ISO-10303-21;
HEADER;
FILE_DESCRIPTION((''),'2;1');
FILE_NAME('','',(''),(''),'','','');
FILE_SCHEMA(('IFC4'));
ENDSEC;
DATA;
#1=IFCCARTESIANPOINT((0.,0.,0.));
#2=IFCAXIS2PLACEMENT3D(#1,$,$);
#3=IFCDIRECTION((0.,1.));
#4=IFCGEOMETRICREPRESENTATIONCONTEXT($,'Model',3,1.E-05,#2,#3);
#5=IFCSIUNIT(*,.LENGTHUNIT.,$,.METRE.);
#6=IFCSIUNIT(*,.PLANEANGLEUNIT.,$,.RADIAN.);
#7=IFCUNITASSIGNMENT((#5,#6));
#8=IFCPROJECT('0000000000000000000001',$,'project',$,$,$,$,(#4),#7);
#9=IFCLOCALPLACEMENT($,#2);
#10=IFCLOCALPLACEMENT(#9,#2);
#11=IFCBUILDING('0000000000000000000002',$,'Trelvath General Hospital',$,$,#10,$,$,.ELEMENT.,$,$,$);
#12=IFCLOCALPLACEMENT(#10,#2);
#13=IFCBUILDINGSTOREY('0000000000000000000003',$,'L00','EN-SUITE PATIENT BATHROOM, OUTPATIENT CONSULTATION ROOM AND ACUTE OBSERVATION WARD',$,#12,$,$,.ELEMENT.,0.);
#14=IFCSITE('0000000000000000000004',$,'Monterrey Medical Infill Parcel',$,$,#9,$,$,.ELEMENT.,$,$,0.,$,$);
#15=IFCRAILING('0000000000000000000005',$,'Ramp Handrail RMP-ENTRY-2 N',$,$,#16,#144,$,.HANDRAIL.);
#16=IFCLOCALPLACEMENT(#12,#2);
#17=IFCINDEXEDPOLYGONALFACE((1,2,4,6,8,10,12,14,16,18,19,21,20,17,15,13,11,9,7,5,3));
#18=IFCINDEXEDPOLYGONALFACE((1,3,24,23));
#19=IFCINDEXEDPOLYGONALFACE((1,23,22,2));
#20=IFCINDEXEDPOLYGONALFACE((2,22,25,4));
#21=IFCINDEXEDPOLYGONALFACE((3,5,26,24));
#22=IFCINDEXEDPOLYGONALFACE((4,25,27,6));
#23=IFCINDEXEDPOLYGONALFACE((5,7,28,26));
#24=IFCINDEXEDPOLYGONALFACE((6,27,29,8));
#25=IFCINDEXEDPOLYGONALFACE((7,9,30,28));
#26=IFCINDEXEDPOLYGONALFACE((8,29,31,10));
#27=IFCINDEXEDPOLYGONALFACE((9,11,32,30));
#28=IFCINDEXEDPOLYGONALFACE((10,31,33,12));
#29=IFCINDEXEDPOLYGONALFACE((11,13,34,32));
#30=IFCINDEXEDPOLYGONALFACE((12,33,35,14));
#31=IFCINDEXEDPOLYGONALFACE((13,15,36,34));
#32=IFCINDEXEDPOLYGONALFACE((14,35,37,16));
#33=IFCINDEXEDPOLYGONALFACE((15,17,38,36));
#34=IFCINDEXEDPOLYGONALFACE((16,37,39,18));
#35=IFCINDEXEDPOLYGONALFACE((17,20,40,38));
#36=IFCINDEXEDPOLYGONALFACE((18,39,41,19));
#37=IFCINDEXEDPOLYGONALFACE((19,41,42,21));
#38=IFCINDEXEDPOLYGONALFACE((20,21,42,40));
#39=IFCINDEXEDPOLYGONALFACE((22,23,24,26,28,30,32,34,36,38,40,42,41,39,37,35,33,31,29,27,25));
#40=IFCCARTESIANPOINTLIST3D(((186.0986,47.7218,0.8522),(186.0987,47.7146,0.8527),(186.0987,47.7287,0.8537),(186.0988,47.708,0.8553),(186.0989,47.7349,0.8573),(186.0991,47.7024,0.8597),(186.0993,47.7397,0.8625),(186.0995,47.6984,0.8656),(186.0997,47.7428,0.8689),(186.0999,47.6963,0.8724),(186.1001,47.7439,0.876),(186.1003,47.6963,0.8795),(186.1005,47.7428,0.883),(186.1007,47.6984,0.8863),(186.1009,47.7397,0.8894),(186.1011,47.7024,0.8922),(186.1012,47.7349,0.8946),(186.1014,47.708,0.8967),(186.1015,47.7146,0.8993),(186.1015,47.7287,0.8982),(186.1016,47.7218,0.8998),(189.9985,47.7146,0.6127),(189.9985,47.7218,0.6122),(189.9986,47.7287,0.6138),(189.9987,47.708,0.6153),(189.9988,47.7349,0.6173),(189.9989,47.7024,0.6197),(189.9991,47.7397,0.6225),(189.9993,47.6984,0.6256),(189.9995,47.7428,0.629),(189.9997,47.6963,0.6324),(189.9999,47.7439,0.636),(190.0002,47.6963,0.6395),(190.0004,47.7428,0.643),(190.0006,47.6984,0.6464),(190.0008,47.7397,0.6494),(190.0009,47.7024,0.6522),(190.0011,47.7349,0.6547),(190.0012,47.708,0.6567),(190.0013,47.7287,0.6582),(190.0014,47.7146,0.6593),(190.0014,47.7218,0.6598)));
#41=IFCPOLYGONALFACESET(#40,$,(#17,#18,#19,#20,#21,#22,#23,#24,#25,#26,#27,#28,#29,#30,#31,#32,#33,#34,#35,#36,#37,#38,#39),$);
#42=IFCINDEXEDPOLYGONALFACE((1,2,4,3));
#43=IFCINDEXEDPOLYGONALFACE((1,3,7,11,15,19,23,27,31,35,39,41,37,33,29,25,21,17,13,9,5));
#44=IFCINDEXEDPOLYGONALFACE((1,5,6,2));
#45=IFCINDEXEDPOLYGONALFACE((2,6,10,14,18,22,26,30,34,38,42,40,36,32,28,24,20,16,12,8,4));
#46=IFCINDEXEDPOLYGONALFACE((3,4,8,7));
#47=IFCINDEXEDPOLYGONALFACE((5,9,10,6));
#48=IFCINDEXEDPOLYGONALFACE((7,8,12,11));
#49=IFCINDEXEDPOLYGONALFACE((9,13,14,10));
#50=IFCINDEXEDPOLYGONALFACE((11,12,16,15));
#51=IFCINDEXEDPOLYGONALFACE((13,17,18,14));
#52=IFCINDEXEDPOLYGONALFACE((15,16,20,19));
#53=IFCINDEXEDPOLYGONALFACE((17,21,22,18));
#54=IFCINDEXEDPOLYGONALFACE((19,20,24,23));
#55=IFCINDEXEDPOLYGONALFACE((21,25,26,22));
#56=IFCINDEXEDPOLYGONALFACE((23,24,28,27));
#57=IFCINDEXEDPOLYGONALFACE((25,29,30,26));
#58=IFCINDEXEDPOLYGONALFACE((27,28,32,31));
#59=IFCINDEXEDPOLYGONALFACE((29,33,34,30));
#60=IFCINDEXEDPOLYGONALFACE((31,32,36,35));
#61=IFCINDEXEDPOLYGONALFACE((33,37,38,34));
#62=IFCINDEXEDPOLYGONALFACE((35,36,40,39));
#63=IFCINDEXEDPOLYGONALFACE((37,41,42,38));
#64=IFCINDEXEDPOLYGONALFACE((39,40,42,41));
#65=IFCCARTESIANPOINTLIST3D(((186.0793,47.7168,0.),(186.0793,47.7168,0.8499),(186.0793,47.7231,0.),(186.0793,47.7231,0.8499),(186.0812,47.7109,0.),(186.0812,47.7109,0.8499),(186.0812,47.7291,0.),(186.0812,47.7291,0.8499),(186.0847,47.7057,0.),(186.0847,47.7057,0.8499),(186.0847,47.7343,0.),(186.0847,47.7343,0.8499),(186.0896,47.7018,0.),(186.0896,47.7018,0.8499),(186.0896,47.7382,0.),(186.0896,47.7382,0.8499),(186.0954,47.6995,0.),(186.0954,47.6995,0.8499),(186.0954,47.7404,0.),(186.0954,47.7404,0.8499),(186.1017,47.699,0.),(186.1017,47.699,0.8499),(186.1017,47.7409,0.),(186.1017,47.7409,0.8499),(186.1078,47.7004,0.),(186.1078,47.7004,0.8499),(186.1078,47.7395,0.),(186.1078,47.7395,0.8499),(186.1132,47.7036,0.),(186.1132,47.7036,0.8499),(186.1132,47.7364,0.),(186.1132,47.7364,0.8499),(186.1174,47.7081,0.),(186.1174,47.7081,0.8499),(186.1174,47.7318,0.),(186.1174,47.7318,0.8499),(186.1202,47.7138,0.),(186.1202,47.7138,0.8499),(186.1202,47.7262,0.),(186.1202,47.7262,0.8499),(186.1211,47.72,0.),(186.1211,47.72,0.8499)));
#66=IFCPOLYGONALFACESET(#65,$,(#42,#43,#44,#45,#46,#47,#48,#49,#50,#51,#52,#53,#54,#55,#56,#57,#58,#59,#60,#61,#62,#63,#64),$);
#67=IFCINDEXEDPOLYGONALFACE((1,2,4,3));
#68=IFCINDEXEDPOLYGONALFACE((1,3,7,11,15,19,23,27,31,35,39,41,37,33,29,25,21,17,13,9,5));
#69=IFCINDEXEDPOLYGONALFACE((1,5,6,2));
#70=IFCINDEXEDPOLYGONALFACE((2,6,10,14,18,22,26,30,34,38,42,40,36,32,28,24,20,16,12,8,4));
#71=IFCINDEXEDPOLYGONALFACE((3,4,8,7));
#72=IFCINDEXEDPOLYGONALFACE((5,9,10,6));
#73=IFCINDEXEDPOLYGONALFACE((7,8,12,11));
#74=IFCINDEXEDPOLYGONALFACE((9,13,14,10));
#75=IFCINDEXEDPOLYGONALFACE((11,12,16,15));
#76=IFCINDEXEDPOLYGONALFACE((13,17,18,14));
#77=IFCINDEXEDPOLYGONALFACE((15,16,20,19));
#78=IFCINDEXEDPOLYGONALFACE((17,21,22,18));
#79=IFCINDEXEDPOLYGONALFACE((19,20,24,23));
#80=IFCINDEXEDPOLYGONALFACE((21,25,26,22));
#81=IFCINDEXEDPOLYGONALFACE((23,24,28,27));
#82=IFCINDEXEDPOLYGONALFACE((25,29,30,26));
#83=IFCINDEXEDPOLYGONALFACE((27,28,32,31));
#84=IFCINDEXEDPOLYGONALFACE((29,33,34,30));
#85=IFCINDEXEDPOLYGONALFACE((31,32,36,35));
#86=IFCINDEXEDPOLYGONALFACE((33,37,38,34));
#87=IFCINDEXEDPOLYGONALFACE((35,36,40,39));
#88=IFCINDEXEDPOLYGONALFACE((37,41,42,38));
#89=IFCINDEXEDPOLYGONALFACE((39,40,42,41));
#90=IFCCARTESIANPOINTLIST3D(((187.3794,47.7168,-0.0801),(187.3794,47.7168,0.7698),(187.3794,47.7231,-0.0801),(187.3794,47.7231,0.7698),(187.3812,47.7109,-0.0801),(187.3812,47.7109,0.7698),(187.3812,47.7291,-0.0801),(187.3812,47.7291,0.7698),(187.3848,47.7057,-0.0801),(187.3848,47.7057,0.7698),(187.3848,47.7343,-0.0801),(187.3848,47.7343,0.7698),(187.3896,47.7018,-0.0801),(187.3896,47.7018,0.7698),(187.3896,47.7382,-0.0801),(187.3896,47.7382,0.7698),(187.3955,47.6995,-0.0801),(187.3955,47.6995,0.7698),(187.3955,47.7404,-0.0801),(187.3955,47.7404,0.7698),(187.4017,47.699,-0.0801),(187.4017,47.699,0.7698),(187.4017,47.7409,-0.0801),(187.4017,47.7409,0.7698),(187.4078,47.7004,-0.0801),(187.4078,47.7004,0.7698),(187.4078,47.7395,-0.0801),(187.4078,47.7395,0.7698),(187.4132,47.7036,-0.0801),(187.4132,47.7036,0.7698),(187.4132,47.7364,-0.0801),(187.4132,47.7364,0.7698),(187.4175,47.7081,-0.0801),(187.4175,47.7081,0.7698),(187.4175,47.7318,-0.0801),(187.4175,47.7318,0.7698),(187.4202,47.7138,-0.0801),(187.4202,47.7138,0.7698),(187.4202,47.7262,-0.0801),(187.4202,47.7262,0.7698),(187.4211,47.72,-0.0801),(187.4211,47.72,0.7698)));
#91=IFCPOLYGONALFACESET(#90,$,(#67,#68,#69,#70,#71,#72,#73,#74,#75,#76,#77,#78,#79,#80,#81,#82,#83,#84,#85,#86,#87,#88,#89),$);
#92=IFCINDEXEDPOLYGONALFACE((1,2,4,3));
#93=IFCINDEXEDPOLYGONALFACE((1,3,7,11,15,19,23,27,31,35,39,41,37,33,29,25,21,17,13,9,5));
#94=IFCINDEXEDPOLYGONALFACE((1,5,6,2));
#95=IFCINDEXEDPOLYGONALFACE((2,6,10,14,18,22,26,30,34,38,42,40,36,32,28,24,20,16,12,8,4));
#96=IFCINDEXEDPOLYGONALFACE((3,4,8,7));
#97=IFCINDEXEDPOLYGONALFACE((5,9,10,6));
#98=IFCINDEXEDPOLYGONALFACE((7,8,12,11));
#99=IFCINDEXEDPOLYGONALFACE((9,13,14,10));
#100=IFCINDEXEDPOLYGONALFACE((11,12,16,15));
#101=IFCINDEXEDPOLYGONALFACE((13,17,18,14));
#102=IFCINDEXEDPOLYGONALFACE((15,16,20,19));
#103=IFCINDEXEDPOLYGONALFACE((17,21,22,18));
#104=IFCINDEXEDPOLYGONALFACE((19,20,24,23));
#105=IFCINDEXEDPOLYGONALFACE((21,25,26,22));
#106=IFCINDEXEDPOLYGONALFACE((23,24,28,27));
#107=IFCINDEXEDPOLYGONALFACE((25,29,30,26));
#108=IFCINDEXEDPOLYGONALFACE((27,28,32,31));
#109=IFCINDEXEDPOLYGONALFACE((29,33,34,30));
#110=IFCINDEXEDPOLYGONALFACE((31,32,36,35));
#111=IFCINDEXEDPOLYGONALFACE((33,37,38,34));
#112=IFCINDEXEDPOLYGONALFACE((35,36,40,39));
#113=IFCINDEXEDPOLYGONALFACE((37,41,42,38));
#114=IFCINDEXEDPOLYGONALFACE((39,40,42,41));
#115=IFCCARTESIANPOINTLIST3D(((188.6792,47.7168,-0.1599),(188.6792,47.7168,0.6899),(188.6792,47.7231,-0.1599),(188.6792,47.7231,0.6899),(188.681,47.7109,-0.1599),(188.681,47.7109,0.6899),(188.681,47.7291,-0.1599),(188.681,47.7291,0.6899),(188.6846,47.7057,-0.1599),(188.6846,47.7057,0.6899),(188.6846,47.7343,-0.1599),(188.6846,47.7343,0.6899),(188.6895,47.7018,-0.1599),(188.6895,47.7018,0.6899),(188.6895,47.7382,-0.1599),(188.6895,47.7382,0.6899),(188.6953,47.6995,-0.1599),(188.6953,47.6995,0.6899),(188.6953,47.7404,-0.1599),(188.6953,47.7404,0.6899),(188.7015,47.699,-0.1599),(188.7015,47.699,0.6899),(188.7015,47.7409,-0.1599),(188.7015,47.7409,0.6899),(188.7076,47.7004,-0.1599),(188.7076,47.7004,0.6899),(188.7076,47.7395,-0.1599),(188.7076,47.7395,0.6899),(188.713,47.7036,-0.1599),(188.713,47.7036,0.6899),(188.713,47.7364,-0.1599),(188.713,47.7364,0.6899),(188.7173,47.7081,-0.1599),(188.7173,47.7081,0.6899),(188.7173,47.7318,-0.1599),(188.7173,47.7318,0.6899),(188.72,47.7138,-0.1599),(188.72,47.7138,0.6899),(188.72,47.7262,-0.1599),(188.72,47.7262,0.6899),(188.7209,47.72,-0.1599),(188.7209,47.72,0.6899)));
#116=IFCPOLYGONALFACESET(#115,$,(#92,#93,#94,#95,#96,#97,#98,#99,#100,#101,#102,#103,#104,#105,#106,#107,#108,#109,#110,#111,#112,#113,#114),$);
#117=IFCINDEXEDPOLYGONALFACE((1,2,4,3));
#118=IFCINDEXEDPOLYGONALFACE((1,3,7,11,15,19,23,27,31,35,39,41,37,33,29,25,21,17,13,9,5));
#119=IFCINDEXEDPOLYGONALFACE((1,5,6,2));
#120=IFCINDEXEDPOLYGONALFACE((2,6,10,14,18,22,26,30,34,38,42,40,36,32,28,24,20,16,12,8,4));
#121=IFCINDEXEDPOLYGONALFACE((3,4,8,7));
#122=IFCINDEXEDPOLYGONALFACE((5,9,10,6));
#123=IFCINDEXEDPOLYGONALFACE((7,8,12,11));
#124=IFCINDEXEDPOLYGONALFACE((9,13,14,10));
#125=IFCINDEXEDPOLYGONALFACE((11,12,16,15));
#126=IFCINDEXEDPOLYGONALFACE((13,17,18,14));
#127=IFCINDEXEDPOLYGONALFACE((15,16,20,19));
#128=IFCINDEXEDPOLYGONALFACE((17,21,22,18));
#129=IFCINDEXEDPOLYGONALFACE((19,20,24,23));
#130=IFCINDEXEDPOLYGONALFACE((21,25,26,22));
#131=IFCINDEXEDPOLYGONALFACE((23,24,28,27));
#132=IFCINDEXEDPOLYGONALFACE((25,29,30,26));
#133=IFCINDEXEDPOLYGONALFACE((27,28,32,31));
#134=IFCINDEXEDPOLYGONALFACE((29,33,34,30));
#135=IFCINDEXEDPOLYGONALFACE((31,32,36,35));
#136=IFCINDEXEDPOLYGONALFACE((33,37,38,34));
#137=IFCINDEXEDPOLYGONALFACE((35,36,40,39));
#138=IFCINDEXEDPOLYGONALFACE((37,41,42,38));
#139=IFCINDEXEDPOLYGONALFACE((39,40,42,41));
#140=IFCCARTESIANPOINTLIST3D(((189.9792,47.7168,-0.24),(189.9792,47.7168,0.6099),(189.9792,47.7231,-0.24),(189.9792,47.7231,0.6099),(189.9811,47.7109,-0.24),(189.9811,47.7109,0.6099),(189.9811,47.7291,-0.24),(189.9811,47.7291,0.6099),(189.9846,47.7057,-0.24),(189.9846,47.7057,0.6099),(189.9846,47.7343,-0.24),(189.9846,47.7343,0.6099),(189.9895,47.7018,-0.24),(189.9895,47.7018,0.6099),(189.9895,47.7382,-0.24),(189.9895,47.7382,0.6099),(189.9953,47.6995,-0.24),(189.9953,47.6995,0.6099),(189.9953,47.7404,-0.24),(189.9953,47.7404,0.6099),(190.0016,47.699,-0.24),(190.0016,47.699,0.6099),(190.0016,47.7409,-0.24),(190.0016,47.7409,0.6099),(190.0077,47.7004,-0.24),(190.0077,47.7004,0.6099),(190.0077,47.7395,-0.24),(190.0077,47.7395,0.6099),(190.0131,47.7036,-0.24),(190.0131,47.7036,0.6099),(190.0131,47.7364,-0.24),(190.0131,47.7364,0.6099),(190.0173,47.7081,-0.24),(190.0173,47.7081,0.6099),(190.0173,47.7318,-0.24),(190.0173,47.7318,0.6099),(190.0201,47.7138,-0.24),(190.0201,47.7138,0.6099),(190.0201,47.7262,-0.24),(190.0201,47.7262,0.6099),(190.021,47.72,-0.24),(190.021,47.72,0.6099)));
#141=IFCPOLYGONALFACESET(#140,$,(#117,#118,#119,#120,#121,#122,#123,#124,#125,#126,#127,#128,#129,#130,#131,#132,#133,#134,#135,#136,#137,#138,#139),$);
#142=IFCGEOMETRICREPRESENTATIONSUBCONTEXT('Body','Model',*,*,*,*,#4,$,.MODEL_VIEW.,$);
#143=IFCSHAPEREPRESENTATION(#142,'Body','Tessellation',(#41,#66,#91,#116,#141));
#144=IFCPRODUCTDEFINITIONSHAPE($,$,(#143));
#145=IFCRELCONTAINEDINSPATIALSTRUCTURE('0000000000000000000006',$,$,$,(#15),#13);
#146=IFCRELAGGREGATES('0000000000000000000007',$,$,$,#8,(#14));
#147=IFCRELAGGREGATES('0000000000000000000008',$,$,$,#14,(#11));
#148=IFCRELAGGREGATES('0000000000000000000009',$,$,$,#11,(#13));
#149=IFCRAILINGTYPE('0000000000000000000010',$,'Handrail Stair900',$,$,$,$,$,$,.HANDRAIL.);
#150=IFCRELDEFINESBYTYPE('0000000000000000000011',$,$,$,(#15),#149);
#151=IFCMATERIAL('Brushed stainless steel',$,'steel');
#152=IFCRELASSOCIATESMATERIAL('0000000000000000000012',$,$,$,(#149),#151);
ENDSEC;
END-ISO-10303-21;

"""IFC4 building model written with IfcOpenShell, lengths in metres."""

from ifc_helpers import new_model, si_unit, direction, frame, origin, origin_2d, place, context, subcontext, project, spatial, circle, extrude, material, type_object, element, save


model = new_model("IFC4")

# Units and contexts
model_context = context("Model", 3, precision=1e-05, world=origin(), true_north=direction((0.0, 1.0)))
body_context = subcontext(model_context, "Body", "Model", "MODEL_VIEW")
ifc_project = project(units=[si_unit("LENGTHUNIT", "METRE"), si_unit("PLANEANGLEUNIT", "RADIAN")], contexts=[model_context])

# Site, building, storey
site_placement = place(None, origin())
site = spatial("IfcSite", under=ifc_project, at=site_placement, Name="Monterrey Medical Infill Parcel", CompositionType="ELEMENT", RefElevation=0.0)
building_placement = place(site_placement, origin())
building = spatial("IfcBuilding", under=site, at=building_placement, Name="Trelvath General Hospital", CompositionType="ELEMENT")
storey_placement = place(building_placement, origin())
storey = spatial("IfcBuildingStorey", under=building, at=storey_placement, Name="L00", Description="EN-SUITE PATIENT BATHROOM, OUTPATIENT CONSULTATION ROOM AND ACUTE OBSERVATION WARD", CompositionType="ELEMENT", Elevation=0.0)

# Railing
ifc_material_1 = material(Name="Brushed stainless steel", Category="steel")
railing_type = type_object("IfcRailingType", Name="Handrail Stair900", PredefinedType="HANDRAIL", material=ifc_material_1)
for number, where, name in (
    (1, (186.1001, 47.72, 0.0), "Ramp Handrail RMP-ENTRY-2 N"),
):
    element("IfcRailing", number, at=place(storey_placement, frame(where)), inside=storey, type_object=railing_type, Name=name, PredefinedType="HANDRAIL", context=body_context, shape_type="SweptSolid", body=[
        extrude(circle(Radius=0.0239, at=origin_2d()), frame((0.0, 0.0, 0.876), z_axis=(0.998112, 0.0, -0.061421), x_axis=(0.0, 1.0, 0.0)), (0.0, 0.0, 1.0), 3.9072),
        extrude(circle(Radius=0.021, at=origin_2d()), origin(), (0.0, 0.0, 1.0), 0.8499),
        extrude(circle(Radius=0.021, at=origin_2d()), frame((1.3, 0.0, -0.0801)), (0.0, 0.0, 1.0), 0.8499),
        extrude(circle(Radius=0.021, at=origin_2d()), frame((2.5999, 0.0, -0.1599)), (0.0, 0.0, 1.0), 0.8499),
        extrude(circle(Radius=0.021, at=origin_2d()), frame((3.8999, 0.0, -0.24)), (0.0, 0.0, 1.0), 0.8499),
    ])

save(model, "model.ifc")
